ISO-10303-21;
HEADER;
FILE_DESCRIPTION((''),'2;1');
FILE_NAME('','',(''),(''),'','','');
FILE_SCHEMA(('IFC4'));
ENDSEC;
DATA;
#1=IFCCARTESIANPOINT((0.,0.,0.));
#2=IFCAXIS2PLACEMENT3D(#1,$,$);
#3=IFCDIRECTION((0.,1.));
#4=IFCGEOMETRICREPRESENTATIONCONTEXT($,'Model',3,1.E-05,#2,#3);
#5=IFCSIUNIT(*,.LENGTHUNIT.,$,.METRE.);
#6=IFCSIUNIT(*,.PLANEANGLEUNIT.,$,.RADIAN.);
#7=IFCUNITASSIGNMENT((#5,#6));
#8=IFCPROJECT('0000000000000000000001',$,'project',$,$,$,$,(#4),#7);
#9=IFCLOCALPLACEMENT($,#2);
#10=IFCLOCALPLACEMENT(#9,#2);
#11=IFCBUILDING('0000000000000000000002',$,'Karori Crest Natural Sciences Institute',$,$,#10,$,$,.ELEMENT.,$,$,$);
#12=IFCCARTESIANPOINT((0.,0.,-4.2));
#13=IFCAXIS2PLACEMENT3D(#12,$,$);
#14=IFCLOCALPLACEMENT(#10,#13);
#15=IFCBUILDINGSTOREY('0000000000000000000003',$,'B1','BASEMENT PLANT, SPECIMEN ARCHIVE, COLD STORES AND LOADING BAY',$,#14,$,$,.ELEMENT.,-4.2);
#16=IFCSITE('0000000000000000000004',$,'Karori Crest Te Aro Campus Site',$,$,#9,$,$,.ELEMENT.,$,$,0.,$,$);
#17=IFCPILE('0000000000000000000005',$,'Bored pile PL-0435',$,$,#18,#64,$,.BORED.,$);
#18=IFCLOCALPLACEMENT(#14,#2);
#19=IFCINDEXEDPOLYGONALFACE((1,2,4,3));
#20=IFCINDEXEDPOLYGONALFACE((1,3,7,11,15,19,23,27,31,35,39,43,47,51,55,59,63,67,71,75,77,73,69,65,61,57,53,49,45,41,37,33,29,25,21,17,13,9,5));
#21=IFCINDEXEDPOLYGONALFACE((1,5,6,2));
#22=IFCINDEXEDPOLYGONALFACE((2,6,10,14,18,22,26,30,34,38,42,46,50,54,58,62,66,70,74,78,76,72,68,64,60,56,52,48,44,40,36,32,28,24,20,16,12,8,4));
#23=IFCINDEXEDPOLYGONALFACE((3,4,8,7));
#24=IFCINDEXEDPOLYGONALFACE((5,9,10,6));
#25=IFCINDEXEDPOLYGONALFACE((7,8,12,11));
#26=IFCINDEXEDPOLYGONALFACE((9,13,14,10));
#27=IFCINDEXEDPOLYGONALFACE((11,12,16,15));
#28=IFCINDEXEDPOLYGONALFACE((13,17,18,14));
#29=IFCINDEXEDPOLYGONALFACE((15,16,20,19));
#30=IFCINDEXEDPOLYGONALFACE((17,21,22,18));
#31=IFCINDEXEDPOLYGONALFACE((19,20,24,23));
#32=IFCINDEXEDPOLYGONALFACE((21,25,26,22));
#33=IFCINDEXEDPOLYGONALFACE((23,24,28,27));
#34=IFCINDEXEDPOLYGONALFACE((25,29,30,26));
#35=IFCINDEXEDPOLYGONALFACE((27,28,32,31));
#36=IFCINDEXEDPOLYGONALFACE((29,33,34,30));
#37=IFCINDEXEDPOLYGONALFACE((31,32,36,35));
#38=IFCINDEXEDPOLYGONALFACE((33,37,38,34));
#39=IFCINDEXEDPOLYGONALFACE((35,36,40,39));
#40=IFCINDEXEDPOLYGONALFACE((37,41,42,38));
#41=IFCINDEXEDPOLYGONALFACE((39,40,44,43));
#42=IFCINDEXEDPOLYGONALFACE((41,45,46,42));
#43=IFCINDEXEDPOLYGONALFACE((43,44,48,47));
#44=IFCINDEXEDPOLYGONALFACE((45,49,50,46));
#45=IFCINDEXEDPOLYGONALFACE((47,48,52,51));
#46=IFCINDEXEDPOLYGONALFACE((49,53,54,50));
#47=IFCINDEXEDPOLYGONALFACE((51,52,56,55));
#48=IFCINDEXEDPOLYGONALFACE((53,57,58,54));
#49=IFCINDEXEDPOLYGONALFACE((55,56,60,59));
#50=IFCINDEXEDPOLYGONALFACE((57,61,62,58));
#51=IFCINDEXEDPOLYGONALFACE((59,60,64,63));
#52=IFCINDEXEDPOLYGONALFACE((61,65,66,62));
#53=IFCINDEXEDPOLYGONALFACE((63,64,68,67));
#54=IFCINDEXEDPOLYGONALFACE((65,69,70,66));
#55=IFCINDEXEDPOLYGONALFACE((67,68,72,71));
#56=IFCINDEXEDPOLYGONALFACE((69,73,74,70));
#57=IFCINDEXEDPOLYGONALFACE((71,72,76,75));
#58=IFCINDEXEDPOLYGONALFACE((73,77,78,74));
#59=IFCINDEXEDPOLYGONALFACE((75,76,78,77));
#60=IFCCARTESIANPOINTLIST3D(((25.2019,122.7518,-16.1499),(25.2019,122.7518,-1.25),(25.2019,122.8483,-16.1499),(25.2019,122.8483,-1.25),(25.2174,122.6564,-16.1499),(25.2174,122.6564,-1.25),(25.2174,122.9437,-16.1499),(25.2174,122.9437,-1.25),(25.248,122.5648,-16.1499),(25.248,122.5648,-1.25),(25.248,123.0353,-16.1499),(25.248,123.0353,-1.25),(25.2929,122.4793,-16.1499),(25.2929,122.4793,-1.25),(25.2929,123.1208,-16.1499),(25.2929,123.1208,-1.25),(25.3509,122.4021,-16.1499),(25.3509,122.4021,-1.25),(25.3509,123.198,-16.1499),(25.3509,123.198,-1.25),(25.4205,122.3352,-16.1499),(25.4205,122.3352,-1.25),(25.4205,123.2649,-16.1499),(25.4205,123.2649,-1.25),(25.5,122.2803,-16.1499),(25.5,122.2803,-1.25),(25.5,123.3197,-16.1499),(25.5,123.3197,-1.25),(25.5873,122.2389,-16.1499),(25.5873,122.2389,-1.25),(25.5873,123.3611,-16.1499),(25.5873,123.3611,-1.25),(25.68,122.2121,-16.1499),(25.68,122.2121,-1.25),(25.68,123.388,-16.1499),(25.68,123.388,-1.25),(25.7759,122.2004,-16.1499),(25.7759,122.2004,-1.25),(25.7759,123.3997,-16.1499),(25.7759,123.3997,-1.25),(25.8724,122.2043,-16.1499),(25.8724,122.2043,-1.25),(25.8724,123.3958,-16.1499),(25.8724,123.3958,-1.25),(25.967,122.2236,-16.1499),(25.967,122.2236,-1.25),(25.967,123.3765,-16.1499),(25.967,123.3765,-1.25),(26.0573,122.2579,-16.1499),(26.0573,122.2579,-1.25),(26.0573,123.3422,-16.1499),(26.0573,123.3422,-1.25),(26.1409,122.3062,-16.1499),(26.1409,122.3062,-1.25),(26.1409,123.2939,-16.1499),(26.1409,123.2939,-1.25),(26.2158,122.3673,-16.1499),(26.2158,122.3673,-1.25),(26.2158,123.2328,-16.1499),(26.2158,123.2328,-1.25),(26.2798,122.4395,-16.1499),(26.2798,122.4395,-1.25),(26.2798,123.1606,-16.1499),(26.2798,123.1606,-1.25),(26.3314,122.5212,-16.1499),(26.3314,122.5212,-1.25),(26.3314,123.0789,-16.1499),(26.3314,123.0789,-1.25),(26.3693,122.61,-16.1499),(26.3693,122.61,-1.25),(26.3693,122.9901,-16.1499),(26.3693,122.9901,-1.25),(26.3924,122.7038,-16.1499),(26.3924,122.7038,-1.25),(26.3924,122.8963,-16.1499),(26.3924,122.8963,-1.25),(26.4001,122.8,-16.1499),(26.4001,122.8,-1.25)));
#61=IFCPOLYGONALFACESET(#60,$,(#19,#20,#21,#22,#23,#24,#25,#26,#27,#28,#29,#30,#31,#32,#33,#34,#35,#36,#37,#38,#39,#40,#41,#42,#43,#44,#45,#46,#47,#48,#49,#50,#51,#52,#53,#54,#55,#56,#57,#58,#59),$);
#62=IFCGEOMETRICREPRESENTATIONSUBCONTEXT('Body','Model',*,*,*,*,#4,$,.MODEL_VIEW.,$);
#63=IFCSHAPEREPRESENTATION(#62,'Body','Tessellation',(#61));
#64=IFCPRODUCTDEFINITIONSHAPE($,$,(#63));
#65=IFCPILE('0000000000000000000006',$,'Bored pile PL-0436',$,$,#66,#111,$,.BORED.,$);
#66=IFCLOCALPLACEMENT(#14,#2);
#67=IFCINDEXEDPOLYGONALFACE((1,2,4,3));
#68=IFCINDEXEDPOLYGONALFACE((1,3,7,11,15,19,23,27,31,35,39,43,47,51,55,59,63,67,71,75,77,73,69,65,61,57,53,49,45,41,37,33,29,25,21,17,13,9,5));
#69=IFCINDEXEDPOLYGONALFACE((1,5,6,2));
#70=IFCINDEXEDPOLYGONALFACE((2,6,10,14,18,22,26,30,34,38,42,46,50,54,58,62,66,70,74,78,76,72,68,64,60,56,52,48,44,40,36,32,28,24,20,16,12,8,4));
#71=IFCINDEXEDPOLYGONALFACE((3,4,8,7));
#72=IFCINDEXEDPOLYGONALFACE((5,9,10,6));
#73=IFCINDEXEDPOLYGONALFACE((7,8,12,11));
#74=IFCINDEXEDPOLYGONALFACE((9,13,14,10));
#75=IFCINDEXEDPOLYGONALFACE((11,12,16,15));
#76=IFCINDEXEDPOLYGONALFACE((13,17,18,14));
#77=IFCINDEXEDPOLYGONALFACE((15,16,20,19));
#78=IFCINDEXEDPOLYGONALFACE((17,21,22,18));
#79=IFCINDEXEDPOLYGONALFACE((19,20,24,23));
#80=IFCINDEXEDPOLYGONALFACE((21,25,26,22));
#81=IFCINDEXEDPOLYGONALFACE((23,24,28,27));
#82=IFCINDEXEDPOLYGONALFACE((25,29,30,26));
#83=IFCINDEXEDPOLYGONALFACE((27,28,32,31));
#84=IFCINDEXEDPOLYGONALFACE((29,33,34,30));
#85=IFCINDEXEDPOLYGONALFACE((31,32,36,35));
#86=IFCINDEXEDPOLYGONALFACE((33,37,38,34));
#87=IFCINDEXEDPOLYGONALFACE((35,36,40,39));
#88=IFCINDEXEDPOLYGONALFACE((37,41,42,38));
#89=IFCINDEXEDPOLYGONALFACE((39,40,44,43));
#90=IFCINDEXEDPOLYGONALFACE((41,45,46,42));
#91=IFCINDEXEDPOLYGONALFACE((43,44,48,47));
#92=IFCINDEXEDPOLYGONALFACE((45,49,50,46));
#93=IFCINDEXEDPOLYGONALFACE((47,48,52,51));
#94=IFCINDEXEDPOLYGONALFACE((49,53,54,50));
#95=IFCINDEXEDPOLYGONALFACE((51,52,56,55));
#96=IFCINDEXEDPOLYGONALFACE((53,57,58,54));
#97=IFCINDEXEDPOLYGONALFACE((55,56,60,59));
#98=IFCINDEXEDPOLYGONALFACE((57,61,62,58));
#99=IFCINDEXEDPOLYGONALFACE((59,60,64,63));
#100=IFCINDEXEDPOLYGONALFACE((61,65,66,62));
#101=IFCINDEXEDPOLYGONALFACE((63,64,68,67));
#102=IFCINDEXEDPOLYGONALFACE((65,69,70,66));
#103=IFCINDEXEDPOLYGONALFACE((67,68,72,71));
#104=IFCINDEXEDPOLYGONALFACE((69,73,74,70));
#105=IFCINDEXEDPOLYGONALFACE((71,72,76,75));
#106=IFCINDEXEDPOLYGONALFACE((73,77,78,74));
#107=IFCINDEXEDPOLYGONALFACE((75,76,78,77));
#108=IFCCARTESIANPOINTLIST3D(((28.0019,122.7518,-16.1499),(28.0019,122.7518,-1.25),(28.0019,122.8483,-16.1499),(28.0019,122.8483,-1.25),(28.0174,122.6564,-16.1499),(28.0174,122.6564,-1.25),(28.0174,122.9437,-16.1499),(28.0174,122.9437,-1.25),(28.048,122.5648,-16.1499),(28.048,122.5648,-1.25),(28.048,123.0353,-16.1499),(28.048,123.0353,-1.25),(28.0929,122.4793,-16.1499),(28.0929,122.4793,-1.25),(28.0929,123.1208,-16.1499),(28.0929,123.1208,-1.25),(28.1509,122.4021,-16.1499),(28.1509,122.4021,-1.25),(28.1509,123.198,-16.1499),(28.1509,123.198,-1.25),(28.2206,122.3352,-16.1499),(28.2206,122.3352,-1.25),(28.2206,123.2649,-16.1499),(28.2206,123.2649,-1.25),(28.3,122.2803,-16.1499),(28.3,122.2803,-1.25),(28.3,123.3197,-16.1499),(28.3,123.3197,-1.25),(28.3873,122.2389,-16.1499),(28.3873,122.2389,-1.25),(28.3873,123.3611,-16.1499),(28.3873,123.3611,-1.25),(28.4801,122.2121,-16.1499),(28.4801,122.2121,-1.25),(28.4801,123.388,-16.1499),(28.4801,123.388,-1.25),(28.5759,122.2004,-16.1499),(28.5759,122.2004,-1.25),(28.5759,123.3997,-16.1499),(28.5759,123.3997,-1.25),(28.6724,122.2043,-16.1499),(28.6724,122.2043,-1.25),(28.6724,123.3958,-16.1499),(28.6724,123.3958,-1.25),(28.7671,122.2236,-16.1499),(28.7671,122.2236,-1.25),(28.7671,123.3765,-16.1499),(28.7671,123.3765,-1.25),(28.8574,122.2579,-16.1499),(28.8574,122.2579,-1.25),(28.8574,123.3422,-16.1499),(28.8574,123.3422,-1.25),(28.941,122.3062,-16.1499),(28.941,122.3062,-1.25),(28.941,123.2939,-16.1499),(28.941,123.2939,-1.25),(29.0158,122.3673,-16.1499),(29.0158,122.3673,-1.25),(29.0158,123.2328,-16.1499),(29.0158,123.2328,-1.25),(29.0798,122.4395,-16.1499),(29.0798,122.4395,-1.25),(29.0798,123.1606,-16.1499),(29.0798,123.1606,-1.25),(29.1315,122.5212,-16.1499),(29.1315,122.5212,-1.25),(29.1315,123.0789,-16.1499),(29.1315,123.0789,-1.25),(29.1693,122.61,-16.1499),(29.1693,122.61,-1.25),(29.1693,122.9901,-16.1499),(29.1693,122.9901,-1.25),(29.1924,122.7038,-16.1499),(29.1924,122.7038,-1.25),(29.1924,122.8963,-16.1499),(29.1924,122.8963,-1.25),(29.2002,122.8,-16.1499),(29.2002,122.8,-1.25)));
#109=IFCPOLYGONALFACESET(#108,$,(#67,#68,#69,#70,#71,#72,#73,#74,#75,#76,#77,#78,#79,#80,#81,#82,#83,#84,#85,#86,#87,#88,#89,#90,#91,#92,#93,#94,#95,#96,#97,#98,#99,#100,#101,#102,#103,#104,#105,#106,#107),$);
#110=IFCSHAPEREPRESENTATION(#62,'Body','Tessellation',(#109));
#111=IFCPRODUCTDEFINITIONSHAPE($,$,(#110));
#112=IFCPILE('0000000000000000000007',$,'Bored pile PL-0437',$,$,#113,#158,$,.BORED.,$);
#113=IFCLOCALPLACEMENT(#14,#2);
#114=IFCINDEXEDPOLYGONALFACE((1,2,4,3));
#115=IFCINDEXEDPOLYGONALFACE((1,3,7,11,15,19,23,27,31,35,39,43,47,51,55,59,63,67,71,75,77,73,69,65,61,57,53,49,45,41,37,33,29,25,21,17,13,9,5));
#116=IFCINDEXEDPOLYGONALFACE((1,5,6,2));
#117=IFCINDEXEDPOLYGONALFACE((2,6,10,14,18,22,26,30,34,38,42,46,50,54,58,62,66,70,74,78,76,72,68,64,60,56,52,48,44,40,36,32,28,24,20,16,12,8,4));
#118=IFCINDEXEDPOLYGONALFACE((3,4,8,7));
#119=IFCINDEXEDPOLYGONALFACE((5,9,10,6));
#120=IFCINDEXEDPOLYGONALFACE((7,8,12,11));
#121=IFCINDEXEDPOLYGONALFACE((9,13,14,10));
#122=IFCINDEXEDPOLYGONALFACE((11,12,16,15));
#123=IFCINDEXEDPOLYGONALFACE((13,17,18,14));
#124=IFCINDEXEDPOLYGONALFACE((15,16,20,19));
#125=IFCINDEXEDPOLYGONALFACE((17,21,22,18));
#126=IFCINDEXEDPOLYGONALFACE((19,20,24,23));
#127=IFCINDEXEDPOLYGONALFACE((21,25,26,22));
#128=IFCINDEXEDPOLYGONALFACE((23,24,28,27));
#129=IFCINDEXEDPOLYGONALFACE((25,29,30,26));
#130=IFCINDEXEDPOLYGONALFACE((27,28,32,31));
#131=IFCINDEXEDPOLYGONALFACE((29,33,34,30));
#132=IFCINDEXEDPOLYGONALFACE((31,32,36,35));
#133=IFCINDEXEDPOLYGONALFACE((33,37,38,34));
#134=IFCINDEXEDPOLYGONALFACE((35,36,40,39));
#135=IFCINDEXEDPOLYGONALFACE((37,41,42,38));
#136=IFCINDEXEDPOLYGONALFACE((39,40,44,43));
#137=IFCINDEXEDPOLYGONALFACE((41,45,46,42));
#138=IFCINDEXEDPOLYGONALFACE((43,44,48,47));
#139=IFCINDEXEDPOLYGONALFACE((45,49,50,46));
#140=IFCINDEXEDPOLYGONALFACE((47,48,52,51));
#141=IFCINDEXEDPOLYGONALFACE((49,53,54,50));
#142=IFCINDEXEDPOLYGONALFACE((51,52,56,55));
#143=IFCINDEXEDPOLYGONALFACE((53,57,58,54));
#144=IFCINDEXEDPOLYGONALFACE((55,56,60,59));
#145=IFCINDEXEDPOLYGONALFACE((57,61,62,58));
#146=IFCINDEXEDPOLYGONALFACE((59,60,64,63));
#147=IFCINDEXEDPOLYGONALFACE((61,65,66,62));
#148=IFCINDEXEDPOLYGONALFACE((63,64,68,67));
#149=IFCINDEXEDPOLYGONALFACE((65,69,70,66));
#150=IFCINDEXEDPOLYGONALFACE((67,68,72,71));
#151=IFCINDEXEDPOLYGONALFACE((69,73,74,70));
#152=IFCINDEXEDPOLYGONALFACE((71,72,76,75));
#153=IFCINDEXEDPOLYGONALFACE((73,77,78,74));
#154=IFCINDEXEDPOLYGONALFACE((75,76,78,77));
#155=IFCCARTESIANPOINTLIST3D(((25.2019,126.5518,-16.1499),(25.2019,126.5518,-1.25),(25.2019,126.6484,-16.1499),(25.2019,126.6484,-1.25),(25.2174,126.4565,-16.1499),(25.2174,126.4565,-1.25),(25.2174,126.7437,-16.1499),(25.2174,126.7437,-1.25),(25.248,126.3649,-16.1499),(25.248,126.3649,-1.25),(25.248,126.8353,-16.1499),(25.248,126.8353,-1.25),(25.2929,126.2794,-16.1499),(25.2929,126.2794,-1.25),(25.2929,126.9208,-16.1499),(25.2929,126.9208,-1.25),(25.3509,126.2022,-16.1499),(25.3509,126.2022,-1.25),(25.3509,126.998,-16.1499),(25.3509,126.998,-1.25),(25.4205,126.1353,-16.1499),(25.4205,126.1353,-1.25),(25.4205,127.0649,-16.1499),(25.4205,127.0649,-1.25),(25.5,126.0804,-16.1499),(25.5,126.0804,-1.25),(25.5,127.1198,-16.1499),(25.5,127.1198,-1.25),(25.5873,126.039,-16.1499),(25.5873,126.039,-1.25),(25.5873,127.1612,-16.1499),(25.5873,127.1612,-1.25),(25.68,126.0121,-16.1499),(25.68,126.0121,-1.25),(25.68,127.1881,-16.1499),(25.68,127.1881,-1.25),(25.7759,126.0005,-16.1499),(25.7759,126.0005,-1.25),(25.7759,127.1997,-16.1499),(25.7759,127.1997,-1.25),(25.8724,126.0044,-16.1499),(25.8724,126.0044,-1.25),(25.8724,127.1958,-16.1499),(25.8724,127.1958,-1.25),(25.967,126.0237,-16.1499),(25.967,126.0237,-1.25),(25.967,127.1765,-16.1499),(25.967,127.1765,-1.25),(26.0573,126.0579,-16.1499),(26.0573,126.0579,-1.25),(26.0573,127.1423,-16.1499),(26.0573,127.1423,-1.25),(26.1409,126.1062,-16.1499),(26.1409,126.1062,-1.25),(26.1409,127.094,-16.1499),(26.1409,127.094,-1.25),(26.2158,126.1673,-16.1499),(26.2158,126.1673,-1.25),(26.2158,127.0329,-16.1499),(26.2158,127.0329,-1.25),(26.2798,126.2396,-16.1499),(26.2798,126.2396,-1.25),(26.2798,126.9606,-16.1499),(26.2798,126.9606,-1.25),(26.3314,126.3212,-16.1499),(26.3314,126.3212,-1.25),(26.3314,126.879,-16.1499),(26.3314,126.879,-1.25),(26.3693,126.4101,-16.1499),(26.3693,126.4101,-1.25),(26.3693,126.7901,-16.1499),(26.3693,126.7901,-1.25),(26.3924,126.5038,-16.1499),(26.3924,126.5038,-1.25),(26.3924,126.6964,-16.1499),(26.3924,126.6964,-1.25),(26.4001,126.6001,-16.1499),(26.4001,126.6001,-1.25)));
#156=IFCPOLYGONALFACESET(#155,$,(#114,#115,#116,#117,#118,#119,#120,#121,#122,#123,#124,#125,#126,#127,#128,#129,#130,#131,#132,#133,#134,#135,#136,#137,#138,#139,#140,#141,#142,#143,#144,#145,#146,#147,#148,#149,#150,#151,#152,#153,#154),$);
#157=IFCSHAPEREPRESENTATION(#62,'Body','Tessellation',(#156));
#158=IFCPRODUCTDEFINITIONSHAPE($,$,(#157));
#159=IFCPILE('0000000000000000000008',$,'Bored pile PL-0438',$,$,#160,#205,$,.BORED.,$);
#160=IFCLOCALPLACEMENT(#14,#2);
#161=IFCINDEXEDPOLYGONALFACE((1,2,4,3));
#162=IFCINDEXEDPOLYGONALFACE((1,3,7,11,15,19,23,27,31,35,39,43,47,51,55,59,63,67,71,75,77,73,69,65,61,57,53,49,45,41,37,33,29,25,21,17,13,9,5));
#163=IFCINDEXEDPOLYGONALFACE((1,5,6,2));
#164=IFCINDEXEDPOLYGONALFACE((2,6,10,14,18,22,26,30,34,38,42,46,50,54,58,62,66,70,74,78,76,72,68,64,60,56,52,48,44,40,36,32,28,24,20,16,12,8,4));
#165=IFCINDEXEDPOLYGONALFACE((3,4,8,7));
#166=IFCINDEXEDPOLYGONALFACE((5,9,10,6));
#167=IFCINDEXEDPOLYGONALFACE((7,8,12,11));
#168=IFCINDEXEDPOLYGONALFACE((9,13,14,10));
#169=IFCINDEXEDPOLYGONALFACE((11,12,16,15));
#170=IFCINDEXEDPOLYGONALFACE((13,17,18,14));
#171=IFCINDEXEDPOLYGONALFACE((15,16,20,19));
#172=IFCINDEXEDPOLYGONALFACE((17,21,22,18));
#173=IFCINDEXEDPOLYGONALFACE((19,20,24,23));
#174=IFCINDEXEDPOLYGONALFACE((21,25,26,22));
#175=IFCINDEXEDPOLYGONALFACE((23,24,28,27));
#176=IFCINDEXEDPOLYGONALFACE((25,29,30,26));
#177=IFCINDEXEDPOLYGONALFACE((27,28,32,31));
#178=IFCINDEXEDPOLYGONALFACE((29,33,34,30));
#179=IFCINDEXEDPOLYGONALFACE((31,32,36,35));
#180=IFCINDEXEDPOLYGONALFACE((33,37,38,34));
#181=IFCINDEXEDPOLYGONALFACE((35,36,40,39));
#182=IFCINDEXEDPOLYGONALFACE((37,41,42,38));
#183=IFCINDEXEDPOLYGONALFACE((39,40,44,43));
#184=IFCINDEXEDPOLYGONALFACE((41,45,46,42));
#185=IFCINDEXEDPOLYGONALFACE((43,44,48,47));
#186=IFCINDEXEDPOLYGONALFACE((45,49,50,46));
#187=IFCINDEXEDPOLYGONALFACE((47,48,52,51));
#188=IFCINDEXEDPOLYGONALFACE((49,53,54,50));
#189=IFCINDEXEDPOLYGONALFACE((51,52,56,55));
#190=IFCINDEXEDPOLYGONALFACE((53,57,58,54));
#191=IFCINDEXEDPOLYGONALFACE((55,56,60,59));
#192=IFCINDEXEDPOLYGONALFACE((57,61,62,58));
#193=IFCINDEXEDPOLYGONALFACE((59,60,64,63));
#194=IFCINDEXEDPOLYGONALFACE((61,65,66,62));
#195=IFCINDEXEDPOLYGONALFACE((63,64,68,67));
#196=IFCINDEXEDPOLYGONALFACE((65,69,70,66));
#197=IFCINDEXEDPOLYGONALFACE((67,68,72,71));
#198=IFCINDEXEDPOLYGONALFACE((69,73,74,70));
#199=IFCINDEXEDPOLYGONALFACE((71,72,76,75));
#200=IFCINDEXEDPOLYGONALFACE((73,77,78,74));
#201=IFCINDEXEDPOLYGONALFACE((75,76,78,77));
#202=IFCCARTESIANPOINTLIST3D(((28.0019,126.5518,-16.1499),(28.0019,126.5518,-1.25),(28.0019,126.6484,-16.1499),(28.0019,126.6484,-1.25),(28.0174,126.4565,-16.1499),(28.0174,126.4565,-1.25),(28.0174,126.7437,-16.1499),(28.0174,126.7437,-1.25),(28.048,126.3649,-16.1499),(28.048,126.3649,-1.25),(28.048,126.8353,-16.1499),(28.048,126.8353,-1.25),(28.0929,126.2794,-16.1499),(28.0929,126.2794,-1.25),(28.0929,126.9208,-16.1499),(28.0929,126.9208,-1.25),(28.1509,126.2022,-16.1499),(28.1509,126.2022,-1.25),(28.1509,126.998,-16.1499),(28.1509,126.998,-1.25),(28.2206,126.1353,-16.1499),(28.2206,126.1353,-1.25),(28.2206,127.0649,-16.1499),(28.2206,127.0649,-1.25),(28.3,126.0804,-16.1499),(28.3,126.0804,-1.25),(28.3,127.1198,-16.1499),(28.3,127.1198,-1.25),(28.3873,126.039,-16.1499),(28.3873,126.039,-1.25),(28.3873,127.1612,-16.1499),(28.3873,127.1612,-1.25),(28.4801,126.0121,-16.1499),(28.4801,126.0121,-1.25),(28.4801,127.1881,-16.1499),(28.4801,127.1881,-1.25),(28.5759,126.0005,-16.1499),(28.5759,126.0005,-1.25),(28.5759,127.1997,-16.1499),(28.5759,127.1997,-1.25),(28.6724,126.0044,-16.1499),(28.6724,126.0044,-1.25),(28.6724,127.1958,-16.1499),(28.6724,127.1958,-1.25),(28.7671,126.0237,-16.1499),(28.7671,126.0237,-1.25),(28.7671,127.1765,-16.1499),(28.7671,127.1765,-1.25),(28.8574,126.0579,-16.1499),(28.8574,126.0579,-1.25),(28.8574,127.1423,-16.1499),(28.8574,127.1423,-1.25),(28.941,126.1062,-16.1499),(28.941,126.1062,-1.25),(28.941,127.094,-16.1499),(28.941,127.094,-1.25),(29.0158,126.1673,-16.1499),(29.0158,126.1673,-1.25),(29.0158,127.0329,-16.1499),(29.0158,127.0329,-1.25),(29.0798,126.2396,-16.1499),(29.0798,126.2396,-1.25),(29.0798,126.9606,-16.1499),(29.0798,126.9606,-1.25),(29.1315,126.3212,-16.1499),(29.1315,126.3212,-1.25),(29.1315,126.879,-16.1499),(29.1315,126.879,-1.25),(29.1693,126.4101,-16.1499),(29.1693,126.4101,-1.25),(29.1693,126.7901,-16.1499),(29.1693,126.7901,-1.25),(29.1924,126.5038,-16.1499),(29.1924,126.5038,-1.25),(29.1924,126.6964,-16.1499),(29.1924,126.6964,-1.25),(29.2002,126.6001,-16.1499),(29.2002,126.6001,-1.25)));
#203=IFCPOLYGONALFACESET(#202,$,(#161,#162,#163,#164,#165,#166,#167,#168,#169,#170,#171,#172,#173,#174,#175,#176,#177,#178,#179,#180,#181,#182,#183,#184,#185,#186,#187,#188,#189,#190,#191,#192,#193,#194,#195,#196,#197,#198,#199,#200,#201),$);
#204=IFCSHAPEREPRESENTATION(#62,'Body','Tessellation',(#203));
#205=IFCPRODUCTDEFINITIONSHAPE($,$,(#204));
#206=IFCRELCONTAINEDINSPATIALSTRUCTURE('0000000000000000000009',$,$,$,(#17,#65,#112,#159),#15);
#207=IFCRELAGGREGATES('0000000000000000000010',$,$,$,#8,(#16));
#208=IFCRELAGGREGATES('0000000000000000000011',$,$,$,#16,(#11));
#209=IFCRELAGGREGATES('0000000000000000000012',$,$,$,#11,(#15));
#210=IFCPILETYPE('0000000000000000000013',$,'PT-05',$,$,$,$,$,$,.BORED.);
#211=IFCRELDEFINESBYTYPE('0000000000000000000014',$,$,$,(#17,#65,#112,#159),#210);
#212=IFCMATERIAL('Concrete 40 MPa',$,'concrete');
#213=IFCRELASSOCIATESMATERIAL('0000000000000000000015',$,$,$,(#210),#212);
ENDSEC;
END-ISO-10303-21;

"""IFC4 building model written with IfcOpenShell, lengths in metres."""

from ifc_helpers import new_model, si_unit, direction, frame, origin, origin_2d, place, context, subcontext, project, spatial, circle, extrude, material, material_profile, profile_set, type_object, element, save


model = new_model("IFC4")

# Units and contexts
model_context = context("Model", 3, precision=1e-05, world=origin(), true_north=direction((0.0, 1.0)))
body_context = subcontext(model_context, "Body", "Model", "MODEL_VIEW")
ifc_project = project(units=[si_unit("LENGTHUNIT", "METRE"), si_unit("PLANEANGLEUNIT", "RADIAN")], contexts=[model_context])

# Site, building, storey
site_placement = place(None, origin())
site = spatial("IfcSite", under=ifc_project, at=site_placement, Name="Karori Crest Te Aro Campus Site", CompositionType="ELEMENT", RefElevation=0.0)
building_placement = place(site_placement, origin())
building = spatial("IfcBuilding", under=site, at=building_placement, Name="Karori Crest Natural Sciences Institute", CompositionType="ELEMENT")
storey_placement = place(building_placement, frame((0.0, 0.0, -4.2)))
storey = spatial("IfcBuildingStorey", under=building, at=storey_placement, Name="B1", Description="BASEMENT PLANT, SPECIMEN ARCHIVE, COLD STORES AND LOADING BAY", CompositionType="ELEMENT", Elevation=-4.2)

# Shared definitions
ifc_material_1 = material(Name="Concrete 40 MPa", Category="concrete")

# Piles
ifc_material_profile_1 = material_profile(ifc_material_1, circle(Radius=0.6001, at=origin_2d()), Name="PILE1200")
ifc_profile_set_1 = profile_set([ifc_material_profile_1], Name="Concrete 40 MPa")
pile_type = type_object("IfcPileType", Name="PT-05", PredefinedType="BORED", material=ifc_profile_set_1)
for number, where, z_axis, x_axis, name in (
    (1, (25.8, 122.8, -1.25), (0.0, 0.0, -1.0), (1.0, 0.0, 0.0), "Bored pile PL-0435"),
    (2, (28.6001, 122.8, -1.25), (0.0, 0.0, -1.0), (1.0, 0.0, 0.0), "Bored pile PL-0436"),
    (3, (25.8, 126.6001, -1.25), (0.0, 0.0, -1.0), (1.0, 0.0, 0.0), "Bored pile PL-0437"),
    (4, (28.6001, 126.6001, -1.25), (0.0, 0.0, -1.0), (1.0, 0.0, 0.0), "Bored pile PL-0438"),
):
    element("IfcPile", number, at=place(storey_placement, frame(where, z_axis=z_axis, x_axis=x_axis)), inside=storey, type_object=pile_type, Name=name, PredefinedType="BORED", context=body_context, shape_type="SweptSolid", body=[
        extrude(circle(Radius=0.6001, at=origin_2d()), origin(), (0.0, 0.0, 1.0), 14.8999),
    ])

save(model, "model.ifc")
